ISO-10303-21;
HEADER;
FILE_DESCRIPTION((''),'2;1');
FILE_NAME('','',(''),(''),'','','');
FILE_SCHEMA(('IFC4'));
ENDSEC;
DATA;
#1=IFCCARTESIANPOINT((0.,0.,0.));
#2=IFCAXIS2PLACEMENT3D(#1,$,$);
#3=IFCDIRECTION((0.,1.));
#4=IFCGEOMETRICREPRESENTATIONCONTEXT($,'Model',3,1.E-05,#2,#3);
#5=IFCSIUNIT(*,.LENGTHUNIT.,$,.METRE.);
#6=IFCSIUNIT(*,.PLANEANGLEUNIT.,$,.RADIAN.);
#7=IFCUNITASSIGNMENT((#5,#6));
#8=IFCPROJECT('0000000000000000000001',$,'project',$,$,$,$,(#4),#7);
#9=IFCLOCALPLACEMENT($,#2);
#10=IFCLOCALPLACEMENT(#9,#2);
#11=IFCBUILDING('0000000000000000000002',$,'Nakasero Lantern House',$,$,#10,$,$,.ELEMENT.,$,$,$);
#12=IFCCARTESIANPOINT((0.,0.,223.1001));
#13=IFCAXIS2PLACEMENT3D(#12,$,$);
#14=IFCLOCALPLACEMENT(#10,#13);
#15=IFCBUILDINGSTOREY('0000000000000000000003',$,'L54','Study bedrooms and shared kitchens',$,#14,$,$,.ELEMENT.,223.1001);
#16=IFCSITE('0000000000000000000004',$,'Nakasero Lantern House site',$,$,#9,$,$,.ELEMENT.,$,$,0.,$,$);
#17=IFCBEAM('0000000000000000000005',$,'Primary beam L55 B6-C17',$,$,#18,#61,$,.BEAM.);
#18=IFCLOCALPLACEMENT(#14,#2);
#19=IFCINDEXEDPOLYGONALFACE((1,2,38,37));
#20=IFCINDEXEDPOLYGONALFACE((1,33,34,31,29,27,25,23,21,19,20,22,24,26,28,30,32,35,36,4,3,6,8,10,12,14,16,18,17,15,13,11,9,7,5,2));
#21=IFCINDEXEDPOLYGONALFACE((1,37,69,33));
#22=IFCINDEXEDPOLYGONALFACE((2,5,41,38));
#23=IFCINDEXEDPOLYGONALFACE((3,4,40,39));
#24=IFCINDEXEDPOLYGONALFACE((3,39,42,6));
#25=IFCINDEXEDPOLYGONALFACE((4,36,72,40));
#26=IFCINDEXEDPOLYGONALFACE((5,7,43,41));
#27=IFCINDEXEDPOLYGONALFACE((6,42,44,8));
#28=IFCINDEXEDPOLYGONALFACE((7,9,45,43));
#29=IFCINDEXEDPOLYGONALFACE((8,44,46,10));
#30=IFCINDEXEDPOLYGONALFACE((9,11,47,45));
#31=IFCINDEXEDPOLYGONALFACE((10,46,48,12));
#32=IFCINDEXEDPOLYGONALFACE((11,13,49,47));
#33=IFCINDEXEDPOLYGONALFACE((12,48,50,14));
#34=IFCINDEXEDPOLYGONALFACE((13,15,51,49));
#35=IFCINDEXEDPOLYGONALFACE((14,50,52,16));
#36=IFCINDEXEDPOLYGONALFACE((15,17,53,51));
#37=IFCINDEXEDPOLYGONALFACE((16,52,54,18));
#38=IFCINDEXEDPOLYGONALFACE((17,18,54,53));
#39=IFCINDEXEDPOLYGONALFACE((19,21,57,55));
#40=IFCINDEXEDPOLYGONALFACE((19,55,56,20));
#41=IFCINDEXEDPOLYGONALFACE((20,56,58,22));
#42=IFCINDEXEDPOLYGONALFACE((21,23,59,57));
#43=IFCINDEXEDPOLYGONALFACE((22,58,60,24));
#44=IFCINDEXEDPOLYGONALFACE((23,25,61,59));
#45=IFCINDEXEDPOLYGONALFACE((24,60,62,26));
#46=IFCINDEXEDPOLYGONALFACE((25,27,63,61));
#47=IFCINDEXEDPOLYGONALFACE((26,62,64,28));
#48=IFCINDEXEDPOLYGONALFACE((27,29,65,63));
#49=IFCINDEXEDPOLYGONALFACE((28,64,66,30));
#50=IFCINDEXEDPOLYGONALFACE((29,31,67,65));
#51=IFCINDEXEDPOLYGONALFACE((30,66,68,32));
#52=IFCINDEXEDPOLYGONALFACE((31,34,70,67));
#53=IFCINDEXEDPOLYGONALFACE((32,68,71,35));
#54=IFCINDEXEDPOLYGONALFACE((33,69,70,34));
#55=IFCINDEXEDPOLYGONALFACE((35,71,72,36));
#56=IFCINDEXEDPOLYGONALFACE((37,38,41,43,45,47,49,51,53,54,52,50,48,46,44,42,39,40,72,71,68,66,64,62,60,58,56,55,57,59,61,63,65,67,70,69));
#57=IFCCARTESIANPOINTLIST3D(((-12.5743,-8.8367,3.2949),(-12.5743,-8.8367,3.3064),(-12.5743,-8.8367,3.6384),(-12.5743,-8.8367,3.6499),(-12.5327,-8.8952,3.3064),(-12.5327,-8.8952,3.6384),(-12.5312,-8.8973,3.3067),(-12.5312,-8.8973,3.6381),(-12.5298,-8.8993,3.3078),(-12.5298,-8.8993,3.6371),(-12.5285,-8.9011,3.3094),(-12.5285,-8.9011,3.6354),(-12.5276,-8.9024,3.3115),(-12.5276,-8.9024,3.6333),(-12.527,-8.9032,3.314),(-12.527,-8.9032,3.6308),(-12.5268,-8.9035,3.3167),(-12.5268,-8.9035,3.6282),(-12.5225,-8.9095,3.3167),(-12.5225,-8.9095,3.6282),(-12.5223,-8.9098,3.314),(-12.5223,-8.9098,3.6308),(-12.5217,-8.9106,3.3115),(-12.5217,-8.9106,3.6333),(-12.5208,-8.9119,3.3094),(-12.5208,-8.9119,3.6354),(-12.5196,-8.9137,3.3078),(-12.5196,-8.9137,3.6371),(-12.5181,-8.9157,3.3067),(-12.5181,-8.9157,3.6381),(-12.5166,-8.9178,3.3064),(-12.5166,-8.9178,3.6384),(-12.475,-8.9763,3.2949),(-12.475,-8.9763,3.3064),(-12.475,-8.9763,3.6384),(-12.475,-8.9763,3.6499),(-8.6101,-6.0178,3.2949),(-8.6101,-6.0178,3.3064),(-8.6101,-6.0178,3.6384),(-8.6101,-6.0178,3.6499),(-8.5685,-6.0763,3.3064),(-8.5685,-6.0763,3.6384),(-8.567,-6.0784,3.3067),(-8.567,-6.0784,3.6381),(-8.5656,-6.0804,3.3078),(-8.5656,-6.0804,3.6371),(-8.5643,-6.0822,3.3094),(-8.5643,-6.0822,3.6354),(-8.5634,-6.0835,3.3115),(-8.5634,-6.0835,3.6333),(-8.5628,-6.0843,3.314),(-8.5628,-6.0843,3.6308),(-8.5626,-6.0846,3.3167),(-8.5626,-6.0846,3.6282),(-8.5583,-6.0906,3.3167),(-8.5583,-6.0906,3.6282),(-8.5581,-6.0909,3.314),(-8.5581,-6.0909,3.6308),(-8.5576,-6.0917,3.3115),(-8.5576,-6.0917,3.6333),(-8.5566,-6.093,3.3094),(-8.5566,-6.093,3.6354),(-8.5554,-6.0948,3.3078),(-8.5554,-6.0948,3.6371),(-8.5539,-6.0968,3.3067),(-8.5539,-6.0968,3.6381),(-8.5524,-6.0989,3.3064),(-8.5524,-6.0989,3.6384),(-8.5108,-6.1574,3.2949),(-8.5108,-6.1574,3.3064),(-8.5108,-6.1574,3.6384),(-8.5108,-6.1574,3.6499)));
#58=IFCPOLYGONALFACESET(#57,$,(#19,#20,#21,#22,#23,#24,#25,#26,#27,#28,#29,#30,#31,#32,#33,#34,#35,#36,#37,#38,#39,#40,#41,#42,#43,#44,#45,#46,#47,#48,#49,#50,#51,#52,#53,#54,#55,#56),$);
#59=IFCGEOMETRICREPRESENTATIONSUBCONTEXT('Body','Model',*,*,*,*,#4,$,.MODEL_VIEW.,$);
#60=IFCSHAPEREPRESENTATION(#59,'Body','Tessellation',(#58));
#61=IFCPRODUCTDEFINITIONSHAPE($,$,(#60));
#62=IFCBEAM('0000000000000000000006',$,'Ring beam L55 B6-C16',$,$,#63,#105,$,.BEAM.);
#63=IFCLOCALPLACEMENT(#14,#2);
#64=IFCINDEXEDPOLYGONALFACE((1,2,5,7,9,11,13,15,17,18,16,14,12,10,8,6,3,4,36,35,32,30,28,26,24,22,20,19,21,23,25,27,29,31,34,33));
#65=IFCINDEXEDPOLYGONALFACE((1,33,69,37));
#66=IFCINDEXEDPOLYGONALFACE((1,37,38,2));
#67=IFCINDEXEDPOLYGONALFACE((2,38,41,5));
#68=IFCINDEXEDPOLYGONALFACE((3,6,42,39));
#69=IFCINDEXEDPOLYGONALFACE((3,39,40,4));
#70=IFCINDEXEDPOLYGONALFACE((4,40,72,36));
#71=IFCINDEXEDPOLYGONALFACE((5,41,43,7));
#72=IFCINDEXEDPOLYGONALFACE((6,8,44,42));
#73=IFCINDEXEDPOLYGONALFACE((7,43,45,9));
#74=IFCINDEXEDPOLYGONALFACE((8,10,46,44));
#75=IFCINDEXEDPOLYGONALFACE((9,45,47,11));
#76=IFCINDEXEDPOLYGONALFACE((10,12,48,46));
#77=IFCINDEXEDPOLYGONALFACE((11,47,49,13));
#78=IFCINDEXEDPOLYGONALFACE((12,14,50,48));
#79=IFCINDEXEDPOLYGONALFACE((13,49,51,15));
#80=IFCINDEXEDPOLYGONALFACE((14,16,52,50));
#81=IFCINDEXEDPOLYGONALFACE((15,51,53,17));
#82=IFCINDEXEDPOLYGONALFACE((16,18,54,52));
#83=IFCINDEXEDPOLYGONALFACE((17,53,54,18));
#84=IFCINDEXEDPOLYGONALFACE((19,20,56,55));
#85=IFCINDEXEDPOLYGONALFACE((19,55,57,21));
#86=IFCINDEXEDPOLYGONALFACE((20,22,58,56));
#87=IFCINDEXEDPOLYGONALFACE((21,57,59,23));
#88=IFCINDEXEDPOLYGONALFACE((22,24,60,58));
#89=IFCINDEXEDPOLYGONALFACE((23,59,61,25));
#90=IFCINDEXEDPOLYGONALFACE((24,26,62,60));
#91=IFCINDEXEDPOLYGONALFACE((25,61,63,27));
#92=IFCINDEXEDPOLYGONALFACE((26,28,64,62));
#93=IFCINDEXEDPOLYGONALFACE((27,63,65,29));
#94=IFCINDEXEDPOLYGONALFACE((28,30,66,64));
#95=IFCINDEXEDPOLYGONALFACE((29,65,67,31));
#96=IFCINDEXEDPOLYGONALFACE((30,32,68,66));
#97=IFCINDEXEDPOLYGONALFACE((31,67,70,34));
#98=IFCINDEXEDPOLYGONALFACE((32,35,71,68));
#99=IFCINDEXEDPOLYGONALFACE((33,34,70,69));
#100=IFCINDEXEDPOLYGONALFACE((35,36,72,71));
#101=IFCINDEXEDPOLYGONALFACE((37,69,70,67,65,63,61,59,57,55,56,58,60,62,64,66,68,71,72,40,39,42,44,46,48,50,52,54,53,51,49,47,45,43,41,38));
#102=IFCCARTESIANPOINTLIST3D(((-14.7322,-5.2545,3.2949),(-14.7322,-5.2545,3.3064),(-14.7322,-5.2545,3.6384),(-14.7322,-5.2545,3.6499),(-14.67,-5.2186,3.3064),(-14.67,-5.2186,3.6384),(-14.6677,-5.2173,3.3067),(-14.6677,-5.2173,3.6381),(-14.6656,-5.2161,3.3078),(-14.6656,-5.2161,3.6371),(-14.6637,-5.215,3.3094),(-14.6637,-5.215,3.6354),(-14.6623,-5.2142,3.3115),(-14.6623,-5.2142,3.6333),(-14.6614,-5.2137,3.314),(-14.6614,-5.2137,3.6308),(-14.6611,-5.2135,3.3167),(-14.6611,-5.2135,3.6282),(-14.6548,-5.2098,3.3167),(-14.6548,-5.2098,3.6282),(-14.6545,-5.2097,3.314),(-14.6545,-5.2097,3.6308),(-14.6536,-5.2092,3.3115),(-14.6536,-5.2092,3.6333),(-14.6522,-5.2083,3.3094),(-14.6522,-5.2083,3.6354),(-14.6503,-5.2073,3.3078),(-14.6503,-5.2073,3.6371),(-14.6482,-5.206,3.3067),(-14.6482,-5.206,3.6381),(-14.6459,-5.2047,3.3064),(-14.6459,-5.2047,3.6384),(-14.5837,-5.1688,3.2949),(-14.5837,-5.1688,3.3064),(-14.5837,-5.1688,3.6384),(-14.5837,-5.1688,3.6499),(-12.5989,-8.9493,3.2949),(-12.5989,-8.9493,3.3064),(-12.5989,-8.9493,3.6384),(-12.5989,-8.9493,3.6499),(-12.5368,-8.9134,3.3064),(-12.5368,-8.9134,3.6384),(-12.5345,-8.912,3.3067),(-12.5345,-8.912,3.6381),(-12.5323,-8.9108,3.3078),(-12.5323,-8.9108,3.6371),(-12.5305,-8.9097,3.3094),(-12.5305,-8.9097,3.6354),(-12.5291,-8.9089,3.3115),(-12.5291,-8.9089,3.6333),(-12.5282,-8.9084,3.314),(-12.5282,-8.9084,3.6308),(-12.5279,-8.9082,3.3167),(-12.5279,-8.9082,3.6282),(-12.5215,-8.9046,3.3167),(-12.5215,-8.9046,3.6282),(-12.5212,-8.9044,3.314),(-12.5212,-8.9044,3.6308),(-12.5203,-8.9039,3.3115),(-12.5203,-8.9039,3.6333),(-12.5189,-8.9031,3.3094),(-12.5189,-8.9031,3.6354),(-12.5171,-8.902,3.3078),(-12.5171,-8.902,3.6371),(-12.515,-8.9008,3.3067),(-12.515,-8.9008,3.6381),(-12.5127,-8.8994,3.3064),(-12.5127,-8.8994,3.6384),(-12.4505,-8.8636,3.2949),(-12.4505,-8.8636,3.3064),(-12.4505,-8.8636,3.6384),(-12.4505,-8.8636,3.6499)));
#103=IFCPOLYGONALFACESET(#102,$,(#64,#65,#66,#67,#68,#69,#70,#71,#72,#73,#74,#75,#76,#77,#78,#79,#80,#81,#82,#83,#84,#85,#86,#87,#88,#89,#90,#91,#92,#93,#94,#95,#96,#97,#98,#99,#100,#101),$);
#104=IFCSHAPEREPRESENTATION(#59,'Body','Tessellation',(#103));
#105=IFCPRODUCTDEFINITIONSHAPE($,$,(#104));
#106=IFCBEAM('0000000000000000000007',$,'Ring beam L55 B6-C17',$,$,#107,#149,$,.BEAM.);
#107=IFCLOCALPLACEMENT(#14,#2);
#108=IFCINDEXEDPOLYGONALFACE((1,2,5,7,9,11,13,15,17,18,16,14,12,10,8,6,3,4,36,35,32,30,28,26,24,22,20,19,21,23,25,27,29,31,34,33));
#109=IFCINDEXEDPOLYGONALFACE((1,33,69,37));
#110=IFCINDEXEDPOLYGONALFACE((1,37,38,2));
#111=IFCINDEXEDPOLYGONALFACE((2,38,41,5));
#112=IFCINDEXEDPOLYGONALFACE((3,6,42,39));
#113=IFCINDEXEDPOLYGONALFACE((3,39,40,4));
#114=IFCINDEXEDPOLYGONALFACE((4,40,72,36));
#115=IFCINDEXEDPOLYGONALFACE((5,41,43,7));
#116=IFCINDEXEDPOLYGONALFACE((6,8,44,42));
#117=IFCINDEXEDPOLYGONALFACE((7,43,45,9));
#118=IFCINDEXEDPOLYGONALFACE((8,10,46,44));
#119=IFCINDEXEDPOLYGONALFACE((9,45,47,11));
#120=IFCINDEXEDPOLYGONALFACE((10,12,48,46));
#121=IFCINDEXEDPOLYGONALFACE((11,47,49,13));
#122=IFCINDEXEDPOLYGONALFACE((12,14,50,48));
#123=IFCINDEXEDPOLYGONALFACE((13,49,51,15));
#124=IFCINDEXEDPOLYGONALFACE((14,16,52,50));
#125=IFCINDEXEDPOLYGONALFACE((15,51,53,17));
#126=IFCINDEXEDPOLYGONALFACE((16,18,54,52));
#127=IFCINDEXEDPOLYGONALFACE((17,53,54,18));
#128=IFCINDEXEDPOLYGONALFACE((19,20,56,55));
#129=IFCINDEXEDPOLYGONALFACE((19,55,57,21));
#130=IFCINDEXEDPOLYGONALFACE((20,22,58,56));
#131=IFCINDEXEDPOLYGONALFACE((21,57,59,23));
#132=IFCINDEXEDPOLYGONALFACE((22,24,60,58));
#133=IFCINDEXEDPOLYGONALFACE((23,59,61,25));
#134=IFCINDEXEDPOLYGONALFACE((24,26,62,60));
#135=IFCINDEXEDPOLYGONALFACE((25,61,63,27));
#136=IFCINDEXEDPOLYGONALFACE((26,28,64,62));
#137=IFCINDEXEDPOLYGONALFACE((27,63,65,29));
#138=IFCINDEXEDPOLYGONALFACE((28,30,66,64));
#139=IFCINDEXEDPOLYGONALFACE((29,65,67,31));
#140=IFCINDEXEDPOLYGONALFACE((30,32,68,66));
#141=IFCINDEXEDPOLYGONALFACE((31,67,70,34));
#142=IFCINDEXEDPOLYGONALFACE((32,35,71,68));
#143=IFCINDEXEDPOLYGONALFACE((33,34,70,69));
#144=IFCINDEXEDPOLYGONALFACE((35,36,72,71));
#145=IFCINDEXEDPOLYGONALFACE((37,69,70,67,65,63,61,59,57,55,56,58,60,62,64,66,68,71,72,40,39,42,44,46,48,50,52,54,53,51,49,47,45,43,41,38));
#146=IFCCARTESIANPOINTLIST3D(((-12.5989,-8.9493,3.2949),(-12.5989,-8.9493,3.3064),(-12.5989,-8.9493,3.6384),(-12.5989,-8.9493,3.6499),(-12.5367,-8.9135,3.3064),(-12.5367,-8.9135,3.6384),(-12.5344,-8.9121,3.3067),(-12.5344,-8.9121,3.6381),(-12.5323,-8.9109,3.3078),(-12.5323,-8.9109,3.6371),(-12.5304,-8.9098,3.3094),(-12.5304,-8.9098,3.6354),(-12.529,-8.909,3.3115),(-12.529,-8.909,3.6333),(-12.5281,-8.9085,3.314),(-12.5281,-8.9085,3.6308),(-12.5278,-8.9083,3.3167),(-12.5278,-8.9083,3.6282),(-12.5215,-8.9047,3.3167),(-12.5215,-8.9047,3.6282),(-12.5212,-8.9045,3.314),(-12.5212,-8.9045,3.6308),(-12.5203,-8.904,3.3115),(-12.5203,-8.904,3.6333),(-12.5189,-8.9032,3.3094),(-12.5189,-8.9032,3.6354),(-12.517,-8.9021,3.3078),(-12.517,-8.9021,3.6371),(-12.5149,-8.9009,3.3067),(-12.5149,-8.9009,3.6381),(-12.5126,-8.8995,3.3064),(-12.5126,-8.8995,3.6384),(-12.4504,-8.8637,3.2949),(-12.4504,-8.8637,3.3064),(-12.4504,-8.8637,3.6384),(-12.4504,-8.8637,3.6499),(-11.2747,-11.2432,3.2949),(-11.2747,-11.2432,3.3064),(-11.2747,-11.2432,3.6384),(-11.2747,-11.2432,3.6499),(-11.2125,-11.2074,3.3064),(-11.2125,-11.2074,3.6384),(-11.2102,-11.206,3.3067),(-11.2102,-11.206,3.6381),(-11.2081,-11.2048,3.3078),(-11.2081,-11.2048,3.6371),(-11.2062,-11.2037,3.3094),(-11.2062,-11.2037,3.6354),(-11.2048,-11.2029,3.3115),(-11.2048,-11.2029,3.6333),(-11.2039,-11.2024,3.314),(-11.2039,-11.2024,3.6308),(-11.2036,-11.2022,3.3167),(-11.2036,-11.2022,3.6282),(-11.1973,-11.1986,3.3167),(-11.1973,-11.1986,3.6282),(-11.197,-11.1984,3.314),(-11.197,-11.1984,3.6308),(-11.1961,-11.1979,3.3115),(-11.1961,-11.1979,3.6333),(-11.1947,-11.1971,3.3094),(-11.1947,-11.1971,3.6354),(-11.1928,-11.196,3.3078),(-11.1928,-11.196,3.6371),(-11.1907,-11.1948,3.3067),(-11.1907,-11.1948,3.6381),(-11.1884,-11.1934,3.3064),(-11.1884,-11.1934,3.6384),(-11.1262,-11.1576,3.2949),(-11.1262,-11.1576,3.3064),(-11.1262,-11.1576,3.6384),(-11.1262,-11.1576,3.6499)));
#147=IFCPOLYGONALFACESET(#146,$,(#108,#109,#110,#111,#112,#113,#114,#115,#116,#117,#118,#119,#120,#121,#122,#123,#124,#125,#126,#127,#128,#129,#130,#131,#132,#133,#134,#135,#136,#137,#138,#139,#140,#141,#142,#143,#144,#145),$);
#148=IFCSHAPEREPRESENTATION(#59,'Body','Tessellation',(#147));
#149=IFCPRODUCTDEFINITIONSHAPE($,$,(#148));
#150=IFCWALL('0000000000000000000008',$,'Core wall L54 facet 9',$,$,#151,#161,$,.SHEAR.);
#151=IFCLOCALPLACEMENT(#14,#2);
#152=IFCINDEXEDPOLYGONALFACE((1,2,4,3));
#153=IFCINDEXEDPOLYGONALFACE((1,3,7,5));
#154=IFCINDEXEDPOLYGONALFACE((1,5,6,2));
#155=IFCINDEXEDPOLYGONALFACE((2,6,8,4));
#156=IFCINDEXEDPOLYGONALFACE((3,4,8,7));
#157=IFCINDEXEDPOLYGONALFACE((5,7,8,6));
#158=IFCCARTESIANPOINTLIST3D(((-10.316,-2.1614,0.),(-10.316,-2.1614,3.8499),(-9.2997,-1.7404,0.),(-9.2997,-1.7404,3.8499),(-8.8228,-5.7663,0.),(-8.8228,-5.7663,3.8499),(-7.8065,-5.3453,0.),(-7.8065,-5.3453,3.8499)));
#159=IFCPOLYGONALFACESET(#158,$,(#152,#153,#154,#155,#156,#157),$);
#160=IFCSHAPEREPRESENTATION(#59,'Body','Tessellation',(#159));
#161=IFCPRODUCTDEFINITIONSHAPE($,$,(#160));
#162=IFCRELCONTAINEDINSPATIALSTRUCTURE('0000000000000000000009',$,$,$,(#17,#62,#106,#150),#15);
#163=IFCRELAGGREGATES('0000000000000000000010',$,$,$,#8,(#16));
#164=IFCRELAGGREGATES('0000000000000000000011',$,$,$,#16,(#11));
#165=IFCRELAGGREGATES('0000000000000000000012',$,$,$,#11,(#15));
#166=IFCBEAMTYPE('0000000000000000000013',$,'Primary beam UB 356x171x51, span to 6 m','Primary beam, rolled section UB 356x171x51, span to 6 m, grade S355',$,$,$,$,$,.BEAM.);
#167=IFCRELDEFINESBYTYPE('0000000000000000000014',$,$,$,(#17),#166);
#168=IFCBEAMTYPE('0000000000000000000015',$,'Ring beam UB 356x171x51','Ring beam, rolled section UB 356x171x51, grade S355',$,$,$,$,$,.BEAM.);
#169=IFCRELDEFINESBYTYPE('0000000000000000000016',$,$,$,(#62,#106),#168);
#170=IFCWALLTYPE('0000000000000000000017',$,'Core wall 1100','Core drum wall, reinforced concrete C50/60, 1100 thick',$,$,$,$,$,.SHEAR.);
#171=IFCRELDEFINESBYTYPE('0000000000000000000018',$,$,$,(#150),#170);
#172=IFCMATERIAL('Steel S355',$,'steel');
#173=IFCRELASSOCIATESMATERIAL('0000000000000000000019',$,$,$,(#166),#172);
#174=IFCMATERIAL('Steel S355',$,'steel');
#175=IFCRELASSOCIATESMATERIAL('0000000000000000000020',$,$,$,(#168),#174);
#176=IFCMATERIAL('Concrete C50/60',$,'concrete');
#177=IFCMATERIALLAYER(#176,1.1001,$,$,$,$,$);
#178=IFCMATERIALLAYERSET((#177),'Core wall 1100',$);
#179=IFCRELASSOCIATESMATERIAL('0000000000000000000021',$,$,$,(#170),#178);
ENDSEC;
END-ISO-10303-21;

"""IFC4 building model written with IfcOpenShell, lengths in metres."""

from ifc_helpers import new_model, si_unit, direction, frame, frame_2d, origin, origin_2d, place, context, subcontext, project, spatial, rectangle, i_section, extrude, material, layer, layer_set, material_profile, profile_set, type_object, element, save


model = new_model("IFC4")

# Units and contexts
model_context = context("Model", 3, precision=1e-05, world=origin(), true_north=direction((0.0, 1.0)))
body_context = subcontext(model_context, "Body", "Model", "MODEL_VIEW")
ifc_project = project(units=[si_unit("LENGTHUNIT", "METRE"), si_unit("PLANEANGLEUNIT", "RADIAN")], contexts=[model_context])

# Site, building, storey
site_placement = place(None, origin())
site = spatial("IfcSite", under=ifc_project, at=site_placement, Name="Nakasero Lantern House site", CompositionType="ELEMENT", RefElevation=0.0)
building_placement = place(site_placement, origin())
building = spatial("IfcBuilding", under=site, at=building_placement, Name="Nakasero Lantern House", CompositionType="ELEMENT")
storey_placement = place(building_placement, frame((0.0, 0.0, 223.1001)))
storey = spatial("IfcBuildingStorey", under=building, at=storey_placement, Name="L54", Description="Study bedrooms and shared kitchens", CompositionType="ELEMENT", Elevation=223.1001)

# Beams
ifc_material_1 = material(Name="Steel S355", Category="steel")
ifc_material_profile_1 = material_profile(ifc_material_1, i_section(OverallWidth=0.1714, OverallDepth=0.355, WebThickness=0.0073, FlangeThickness=0.0115, FilletRadius=0.0103, at=origin_2d()), Name="UB 356x171x51")
ifc_profile_set_1 = profile_set([ifc_material_profile_1], Name="Steel S355")
beam_type_1 = type_object("IfcBeamType", Name="Primary beam UB 356x171x51, span to 6 m", Description="Primary beam, rolled section UB 356x171x51, span to 6 m, grade S355", PredefinedType="BEAM", material=ifc_profile_set_1)
beam_1_placement = place(storey_placement, frame((-12.5247, -8.9065, 3.4724), z_axis=(0.814963, 0.579513, 0.0), x_axis=(-0.579513, 0.814963, 0.0)))
element("IfcBeam", 1, at=beam_1_placement, inside=storey, type_object=beam_type_1, Name="Primary beam L55 B6-C17", PredefinedType="BEAM", context=body_context, shape_type="SweptSolid", body=[
    extrude(i_section(OverallWidth=0.1714, OverallDepth=0.355, WebThickness=0.0073, FlangeThickness=0.0115, FilletRadius=0.0103, at=origin_2d()), origin(), (0.0, 0.0, 1.0), 4.8643),
])
ifc_material_2 = material(Name="Steel S355", Category="steel")
ifc_material_profile_2 = material_profile(ifc_material_2, i_section(OverallWidth=0.1714, OverallDepth=0.355, WebThickness=0.0073, FlangeThickness=0.0115, FilletRadius=0.0103, at=origin_2d()), Name="UB 356x171x51")
ifc_profile_set_2 = profile_set([ifc_material_profile_2], Name="Steel S355")
beam_type_2 = type_object("IfcBeamType", Name="Ring beam UB 356x171x51", Description="Ring beam, rolled section UB 356x171x51, grade S355", PredefinedType="BEAM", material=ifc_profile_set_2)
beam_2_placement = place(storey_placement, frame((-14.658, -5.2117, 3.4724), z_axis=(0.500016, -0.866016, 0.0), x_axis=(0.866016, 0.500016, 0.0)))
element("IfcBeam", 2, at=beam_2_placement, inside=storey, type_object=beam_type_2, Name="Ring beam L55 B6-C16", PredefinedType="BEAM", context=body_context, shape_type="SweptSolid", body=[
    extrude(i_section(OverallWidth=0.1714, OverallDepth=0.355, WebThickness=0.0073, FlangeThickness=0.0115, FilletRadius=0.0103, at=origin_2d()), origin(), (0.0, 0.0, 1.0), 4.2664),
])
beam_3_placement = place(storey_placement, frame((-12.5247, -8.9065, 3.4724), z_axis=(0.499946, -0.866057, 0.0), x_axis=(0.866057, 0.499946, 0.0)))
element("IfcBeam", 3, at=beam_3_placement, inside=storey, type_object=beam_type_2, Name="Ring beam L55 B6-C17", PredefinedType="BEAM", context=body_context, shape_type="SweptSolid", body=[
    extrude(i_section(OverallWidth=0.1714, OverallDepth=0.355, WebThickness=0.0073, FlangeThickness=0.0115, FilletRadius=0.0103, at=origin_2d()), origin(), (0.0, 0.0, 1.0), 2.6487),
])

# Wall
ifc_material_3 = material(Name="Concrete C50/60", Category="concrete")
ifc_layer_1 = layer(ifc_material_3, 1.1001)
ifc_layer_set_1 = layer_set([ifc_layer_1], Name="Core wall 1100")
wall_type_1 = type_object("IfcWallType", Name="Core wall 1100", Description="Core drum wall, reinforced concrete C50/60, 1100 thick", PredefinedType="SHEAR", material=ifc_layer_set_1)
wall_1_placement = place(storey_placement, frame((-9.8079, -1.9509, 0.0), z_axis=(0.0, 0.0, 1.0), x_axis=(0.382691, -0.923877, 0.0)))
element("IfcWall", 4, at=wall_1_placement, inside=storey, type_object=wall_type_1, Name="Core wall L54 facet 9", PredefinedType="SHEAR", context=body_context, shape_type="SweptSolid", body=[
    extrude(rectangle(XDim=3.9019, YDim=1.1001, at=frame_2d((1.9509, 0.0))), origin(), (0.0, 0.0, 1.0), 3.8499),
])

save(model, "model.ifc")
